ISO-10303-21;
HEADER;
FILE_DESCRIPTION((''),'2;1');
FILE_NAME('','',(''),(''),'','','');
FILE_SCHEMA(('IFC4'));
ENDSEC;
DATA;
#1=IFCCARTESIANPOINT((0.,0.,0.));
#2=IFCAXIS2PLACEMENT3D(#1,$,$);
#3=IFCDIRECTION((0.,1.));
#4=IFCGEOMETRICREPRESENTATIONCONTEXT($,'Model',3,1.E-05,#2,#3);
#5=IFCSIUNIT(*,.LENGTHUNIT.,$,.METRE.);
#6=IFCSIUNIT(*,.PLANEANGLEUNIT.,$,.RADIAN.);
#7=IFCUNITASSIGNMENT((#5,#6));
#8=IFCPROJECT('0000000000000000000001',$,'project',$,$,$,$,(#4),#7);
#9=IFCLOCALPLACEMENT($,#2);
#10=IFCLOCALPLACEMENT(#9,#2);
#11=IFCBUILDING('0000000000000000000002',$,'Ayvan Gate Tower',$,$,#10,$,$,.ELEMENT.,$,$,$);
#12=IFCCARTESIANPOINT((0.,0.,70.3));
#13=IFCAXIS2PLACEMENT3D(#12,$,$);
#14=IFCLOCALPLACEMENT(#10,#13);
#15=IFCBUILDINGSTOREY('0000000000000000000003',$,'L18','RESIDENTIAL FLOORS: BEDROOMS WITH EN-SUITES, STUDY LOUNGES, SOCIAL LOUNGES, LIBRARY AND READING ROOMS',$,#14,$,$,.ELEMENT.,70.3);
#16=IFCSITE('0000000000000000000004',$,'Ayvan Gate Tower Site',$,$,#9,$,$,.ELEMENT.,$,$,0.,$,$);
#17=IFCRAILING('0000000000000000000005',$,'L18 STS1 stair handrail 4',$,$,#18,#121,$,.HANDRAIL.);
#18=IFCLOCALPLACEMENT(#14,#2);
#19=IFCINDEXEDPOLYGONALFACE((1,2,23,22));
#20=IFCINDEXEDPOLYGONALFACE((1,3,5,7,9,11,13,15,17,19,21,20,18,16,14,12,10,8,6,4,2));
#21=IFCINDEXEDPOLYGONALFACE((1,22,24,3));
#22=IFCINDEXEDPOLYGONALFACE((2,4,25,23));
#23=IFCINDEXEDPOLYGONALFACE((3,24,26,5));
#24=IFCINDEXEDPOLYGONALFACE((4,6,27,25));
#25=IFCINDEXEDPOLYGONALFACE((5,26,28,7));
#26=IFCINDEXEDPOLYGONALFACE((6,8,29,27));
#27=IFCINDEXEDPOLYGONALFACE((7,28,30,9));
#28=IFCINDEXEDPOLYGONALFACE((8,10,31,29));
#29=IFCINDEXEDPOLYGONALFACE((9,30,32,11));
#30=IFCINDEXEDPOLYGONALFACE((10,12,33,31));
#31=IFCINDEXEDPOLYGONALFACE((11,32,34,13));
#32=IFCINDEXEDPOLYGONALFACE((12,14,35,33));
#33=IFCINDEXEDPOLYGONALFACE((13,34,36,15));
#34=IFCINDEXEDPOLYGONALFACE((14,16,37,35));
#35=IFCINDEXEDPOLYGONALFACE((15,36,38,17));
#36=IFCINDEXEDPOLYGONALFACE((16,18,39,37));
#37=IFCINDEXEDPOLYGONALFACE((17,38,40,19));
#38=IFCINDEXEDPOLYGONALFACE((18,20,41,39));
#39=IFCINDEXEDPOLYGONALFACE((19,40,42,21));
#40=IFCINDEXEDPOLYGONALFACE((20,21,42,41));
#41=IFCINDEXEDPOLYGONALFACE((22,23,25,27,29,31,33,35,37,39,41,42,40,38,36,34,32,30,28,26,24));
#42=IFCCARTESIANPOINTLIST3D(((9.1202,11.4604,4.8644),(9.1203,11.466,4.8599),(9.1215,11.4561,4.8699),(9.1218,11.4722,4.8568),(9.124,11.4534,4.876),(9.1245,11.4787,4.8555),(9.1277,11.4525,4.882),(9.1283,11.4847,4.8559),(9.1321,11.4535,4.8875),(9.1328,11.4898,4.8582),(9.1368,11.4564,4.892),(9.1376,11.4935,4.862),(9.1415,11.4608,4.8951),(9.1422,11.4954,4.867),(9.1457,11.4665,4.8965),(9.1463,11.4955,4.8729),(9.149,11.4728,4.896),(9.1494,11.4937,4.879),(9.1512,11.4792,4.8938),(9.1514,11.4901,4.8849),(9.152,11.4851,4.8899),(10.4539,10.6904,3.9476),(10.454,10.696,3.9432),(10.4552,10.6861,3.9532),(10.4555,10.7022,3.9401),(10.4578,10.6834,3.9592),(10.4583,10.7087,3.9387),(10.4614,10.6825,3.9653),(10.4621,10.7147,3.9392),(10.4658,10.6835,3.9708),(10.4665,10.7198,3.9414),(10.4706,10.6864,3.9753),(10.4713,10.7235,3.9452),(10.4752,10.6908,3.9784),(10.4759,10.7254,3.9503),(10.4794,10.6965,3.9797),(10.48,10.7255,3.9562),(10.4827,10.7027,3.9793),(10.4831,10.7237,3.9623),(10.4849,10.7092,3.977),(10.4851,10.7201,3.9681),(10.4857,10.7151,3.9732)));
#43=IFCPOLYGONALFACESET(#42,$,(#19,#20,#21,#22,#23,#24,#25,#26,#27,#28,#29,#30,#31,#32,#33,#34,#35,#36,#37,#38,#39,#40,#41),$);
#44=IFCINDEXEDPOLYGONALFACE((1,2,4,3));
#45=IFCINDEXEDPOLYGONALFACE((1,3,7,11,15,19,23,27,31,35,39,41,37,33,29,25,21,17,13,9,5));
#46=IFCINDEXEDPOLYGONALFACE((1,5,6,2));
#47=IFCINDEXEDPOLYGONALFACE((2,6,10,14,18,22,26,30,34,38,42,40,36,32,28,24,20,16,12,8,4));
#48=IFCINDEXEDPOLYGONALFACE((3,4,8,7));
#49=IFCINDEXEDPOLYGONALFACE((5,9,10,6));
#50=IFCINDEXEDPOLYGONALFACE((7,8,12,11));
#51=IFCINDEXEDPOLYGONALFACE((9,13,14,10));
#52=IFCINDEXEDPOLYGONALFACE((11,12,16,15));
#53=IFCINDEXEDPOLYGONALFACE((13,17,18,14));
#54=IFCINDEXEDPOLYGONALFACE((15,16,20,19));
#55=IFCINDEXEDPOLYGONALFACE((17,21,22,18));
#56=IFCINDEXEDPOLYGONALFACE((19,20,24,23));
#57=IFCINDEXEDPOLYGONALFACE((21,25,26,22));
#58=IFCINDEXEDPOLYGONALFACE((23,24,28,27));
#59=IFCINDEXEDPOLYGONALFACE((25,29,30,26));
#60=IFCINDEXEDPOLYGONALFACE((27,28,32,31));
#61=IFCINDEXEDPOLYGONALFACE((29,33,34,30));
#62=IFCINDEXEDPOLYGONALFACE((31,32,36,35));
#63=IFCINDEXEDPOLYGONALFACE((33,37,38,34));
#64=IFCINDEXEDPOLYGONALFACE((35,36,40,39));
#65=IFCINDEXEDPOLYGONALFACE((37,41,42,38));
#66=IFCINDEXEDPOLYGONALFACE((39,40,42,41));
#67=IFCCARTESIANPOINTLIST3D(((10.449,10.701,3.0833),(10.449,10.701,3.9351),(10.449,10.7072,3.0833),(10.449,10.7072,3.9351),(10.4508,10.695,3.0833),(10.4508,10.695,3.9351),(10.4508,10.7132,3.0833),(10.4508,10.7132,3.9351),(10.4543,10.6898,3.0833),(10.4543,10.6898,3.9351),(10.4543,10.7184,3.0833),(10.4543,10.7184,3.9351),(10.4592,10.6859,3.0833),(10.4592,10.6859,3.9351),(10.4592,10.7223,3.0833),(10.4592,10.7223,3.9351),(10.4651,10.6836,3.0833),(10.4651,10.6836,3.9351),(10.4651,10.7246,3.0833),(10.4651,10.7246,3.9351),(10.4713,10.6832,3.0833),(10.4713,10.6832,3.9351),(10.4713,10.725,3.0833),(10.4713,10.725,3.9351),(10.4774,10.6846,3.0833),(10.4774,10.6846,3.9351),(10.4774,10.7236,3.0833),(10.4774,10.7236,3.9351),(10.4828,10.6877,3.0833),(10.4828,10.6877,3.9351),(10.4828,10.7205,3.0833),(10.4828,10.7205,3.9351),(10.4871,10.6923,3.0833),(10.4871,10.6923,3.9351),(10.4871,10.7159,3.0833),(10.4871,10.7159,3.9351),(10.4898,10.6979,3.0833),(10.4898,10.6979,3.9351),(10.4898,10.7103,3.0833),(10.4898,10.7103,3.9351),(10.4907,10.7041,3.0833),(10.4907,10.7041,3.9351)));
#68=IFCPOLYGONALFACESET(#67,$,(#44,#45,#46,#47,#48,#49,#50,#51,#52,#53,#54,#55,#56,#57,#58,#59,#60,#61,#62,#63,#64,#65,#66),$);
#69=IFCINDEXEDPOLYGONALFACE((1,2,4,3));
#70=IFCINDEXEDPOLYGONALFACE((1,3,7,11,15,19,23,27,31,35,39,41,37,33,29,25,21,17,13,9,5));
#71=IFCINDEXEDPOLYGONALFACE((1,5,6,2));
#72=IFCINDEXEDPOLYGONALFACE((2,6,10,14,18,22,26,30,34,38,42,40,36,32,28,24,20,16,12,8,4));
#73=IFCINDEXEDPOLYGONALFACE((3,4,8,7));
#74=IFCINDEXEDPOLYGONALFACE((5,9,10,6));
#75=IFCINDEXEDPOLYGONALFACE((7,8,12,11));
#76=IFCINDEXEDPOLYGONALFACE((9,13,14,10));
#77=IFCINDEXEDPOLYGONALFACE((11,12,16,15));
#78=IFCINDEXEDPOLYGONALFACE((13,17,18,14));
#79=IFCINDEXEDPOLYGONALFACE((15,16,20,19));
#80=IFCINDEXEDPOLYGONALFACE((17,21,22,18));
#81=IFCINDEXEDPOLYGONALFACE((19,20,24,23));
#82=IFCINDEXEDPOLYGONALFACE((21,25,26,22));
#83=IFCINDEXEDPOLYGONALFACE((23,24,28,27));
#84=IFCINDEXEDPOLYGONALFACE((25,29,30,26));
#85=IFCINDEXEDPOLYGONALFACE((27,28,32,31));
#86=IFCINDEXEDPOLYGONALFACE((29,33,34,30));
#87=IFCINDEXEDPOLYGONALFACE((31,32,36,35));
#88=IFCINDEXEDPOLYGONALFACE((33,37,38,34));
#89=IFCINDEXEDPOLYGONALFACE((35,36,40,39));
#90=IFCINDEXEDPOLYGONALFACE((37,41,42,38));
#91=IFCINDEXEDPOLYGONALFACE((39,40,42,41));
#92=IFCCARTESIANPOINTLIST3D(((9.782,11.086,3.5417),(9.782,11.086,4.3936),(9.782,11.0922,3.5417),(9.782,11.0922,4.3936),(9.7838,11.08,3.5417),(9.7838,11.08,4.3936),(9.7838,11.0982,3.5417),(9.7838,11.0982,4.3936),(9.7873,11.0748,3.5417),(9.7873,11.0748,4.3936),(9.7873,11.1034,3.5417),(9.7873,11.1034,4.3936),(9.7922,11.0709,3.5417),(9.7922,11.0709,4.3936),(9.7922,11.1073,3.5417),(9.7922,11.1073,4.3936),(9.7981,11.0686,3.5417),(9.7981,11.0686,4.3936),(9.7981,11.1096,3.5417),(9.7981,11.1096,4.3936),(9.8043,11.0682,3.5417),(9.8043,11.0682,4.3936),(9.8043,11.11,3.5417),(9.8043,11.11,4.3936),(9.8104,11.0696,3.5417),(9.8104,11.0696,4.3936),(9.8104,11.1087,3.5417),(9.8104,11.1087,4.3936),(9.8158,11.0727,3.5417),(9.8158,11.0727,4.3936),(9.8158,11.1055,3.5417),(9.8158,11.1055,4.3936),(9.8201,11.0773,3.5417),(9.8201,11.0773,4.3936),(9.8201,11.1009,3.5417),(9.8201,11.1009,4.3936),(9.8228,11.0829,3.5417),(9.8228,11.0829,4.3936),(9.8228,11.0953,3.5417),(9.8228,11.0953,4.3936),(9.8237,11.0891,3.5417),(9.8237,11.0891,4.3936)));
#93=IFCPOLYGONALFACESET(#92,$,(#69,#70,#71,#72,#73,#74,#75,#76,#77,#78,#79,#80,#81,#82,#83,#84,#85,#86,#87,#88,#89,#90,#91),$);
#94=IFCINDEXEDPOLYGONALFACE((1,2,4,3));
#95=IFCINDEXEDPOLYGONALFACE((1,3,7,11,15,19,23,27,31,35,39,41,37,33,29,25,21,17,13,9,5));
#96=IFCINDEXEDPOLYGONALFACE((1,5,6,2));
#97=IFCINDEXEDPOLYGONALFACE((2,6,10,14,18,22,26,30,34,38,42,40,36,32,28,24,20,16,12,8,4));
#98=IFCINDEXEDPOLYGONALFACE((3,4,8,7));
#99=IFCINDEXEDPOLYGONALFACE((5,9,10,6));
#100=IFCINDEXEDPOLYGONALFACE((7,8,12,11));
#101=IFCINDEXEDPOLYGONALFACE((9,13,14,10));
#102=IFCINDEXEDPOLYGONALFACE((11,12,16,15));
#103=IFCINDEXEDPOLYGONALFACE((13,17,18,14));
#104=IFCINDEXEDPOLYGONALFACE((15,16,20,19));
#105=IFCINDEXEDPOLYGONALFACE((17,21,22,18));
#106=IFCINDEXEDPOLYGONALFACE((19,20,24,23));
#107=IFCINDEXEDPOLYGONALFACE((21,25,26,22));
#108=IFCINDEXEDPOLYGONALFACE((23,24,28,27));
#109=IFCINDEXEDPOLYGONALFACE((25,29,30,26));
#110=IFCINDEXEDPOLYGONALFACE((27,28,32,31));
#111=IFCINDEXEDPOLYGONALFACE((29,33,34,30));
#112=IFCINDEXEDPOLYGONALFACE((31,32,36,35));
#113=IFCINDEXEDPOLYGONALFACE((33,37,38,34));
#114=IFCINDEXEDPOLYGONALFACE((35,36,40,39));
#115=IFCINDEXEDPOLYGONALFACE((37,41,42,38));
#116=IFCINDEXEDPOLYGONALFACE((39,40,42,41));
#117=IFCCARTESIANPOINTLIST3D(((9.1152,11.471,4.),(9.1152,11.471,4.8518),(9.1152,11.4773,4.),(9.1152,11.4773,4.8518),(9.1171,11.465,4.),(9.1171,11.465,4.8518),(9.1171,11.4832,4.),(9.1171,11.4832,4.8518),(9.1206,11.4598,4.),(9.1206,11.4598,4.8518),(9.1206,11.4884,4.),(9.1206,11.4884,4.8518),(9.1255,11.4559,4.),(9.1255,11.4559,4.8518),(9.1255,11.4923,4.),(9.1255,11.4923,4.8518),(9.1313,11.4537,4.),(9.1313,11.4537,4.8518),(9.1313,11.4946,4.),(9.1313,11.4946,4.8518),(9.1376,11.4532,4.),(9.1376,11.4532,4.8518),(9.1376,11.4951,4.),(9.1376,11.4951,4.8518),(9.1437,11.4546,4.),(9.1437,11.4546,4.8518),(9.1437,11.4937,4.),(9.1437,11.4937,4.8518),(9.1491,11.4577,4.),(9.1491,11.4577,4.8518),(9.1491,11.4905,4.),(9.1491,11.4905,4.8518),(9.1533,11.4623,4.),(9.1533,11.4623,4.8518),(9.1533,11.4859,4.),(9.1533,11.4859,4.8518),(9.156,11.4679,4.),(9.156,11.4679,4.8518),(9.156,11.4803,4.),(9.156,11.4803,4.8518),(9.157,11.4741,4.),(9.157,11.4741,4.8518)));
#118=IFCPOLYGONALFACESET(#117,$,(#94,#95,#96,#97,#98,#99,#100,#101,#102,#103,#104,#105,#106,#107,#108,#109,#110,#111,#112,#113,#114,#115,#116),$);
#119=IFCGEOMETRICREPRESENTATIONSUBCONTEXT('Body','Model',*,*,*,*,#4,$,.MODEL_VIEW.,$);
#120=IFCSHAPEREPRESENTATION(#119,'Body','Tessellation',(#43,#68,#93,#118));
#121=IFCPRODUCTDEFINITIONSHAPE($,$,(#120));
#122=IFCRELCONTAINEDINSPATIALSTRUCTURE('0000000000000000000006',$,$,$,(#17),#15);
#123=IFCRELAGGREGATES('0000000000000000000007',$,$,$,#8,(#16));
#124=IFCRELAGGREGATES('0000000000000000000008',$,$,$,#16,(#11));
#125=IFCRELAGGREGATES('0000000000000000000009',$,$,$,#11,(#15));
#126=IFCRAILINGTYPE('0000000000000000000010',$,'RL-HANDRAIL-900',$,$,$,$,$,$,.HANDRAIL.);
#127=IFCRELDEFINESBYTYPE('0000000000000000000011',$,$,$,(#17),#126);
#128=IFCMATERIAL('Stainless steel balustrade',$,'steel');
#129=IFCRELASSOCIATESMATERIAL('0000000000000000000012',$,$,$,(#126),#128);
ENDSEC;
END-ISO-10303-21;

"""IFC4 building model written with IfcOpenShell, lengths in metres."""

from ifc_helpers import new_model, si_unit, direction, frame, origin, origin_2d, place, context, subcontext, project, spatial, circle, extrude, material, type_object, element, save


model = new_model("IFC4")

# Units and contexts
model_context = context("Model", 3, precision=1e-05, world=origin(), true_north=direction((0.0, 1.0)))
body_context = subcontext(model_context, "Body", "Model", "MODEL_VIEW")
ifc_project = project(units=[si_unit("LENGTHUNIT", "METRE"), si_unit("PLANEANGLEUNIT", "RADIAN")], contexts=[model_context])

# Site, building, storey
site_placement = place(None, origin())
site = spatial("IfcSite", under=ifc_project, at=site_placement, Name="Ayvan Gate Tower Site", CompositionType="ELEMENT", RefElevation=0.0)
building_placement = place(site_placement, origin())
building = spatial("IfcBuilding", under=site, at=building_placement, Name="Ayvan Gate Tower", CompositionType="ELEMENT")
storey_placement = place(building_placement, frame((0.0, 0.0, 70.3)))
storey = spatial("IfcBuildingStorey", under=building, at=storey_placement, Name="L18", Description="RESIDENTIAL FLOORS: BEDROOMS WITH EN-SUITES, STUDY LOUNGES, SOCIAL LOUNGES, LIBRARY AND READING ROOMS", CompositionType="ELEMENT", Elevation=70.3)

# Railing
ifc_material_1 = material(Name="Stainless steel balustrade", Category="steel")
railing_type_1 = type_object("IfcRailingType", Name="RL-HANDRAIL-900", PredefinedType="HANDRAIL", material=ifc_material_1)
for number, where, name in (
    (1, (10.4697, 10.7041, 3.0833), "L18 STS1 stair handrail 4"),
):
    element("IfcRailing", number, at=place(storey_placement, frame(where)), inside=storey, type_object=railing_type_1, Name=name, PredefinedType="HANDRAIL", context=body_context, shape_type="SweptSolid", body=[
        extrude(circle(Radius=0.0239, at=origin_2d()), frame((0.0, 0.0, 0.876), z_axis=(-0.744164, 0.429634, 0.511502), x_axis=(-0.499992, -0.86603, 0.0)), (0.0, 0.0, 1.0), 1.7922),
        extrude(circle(Radius=0.021, at=origin_2d()), origin(), (0.0, 0.0, 1.0), 0.8518),
        extrude(circle(Radius=0.021, at=origin_2d()), frame((-0.667, 0.385, 0.4585)), (0.0, 0.0, 1.0), 0.8518),
        extrude(circle(Radius=0.021, at=origin_2d()), frame((-1.3337, 0.77, 0.9167)), (0.0, 0.0, 1.0), 0.8518),
    ])

save(model, "model.ifc")
